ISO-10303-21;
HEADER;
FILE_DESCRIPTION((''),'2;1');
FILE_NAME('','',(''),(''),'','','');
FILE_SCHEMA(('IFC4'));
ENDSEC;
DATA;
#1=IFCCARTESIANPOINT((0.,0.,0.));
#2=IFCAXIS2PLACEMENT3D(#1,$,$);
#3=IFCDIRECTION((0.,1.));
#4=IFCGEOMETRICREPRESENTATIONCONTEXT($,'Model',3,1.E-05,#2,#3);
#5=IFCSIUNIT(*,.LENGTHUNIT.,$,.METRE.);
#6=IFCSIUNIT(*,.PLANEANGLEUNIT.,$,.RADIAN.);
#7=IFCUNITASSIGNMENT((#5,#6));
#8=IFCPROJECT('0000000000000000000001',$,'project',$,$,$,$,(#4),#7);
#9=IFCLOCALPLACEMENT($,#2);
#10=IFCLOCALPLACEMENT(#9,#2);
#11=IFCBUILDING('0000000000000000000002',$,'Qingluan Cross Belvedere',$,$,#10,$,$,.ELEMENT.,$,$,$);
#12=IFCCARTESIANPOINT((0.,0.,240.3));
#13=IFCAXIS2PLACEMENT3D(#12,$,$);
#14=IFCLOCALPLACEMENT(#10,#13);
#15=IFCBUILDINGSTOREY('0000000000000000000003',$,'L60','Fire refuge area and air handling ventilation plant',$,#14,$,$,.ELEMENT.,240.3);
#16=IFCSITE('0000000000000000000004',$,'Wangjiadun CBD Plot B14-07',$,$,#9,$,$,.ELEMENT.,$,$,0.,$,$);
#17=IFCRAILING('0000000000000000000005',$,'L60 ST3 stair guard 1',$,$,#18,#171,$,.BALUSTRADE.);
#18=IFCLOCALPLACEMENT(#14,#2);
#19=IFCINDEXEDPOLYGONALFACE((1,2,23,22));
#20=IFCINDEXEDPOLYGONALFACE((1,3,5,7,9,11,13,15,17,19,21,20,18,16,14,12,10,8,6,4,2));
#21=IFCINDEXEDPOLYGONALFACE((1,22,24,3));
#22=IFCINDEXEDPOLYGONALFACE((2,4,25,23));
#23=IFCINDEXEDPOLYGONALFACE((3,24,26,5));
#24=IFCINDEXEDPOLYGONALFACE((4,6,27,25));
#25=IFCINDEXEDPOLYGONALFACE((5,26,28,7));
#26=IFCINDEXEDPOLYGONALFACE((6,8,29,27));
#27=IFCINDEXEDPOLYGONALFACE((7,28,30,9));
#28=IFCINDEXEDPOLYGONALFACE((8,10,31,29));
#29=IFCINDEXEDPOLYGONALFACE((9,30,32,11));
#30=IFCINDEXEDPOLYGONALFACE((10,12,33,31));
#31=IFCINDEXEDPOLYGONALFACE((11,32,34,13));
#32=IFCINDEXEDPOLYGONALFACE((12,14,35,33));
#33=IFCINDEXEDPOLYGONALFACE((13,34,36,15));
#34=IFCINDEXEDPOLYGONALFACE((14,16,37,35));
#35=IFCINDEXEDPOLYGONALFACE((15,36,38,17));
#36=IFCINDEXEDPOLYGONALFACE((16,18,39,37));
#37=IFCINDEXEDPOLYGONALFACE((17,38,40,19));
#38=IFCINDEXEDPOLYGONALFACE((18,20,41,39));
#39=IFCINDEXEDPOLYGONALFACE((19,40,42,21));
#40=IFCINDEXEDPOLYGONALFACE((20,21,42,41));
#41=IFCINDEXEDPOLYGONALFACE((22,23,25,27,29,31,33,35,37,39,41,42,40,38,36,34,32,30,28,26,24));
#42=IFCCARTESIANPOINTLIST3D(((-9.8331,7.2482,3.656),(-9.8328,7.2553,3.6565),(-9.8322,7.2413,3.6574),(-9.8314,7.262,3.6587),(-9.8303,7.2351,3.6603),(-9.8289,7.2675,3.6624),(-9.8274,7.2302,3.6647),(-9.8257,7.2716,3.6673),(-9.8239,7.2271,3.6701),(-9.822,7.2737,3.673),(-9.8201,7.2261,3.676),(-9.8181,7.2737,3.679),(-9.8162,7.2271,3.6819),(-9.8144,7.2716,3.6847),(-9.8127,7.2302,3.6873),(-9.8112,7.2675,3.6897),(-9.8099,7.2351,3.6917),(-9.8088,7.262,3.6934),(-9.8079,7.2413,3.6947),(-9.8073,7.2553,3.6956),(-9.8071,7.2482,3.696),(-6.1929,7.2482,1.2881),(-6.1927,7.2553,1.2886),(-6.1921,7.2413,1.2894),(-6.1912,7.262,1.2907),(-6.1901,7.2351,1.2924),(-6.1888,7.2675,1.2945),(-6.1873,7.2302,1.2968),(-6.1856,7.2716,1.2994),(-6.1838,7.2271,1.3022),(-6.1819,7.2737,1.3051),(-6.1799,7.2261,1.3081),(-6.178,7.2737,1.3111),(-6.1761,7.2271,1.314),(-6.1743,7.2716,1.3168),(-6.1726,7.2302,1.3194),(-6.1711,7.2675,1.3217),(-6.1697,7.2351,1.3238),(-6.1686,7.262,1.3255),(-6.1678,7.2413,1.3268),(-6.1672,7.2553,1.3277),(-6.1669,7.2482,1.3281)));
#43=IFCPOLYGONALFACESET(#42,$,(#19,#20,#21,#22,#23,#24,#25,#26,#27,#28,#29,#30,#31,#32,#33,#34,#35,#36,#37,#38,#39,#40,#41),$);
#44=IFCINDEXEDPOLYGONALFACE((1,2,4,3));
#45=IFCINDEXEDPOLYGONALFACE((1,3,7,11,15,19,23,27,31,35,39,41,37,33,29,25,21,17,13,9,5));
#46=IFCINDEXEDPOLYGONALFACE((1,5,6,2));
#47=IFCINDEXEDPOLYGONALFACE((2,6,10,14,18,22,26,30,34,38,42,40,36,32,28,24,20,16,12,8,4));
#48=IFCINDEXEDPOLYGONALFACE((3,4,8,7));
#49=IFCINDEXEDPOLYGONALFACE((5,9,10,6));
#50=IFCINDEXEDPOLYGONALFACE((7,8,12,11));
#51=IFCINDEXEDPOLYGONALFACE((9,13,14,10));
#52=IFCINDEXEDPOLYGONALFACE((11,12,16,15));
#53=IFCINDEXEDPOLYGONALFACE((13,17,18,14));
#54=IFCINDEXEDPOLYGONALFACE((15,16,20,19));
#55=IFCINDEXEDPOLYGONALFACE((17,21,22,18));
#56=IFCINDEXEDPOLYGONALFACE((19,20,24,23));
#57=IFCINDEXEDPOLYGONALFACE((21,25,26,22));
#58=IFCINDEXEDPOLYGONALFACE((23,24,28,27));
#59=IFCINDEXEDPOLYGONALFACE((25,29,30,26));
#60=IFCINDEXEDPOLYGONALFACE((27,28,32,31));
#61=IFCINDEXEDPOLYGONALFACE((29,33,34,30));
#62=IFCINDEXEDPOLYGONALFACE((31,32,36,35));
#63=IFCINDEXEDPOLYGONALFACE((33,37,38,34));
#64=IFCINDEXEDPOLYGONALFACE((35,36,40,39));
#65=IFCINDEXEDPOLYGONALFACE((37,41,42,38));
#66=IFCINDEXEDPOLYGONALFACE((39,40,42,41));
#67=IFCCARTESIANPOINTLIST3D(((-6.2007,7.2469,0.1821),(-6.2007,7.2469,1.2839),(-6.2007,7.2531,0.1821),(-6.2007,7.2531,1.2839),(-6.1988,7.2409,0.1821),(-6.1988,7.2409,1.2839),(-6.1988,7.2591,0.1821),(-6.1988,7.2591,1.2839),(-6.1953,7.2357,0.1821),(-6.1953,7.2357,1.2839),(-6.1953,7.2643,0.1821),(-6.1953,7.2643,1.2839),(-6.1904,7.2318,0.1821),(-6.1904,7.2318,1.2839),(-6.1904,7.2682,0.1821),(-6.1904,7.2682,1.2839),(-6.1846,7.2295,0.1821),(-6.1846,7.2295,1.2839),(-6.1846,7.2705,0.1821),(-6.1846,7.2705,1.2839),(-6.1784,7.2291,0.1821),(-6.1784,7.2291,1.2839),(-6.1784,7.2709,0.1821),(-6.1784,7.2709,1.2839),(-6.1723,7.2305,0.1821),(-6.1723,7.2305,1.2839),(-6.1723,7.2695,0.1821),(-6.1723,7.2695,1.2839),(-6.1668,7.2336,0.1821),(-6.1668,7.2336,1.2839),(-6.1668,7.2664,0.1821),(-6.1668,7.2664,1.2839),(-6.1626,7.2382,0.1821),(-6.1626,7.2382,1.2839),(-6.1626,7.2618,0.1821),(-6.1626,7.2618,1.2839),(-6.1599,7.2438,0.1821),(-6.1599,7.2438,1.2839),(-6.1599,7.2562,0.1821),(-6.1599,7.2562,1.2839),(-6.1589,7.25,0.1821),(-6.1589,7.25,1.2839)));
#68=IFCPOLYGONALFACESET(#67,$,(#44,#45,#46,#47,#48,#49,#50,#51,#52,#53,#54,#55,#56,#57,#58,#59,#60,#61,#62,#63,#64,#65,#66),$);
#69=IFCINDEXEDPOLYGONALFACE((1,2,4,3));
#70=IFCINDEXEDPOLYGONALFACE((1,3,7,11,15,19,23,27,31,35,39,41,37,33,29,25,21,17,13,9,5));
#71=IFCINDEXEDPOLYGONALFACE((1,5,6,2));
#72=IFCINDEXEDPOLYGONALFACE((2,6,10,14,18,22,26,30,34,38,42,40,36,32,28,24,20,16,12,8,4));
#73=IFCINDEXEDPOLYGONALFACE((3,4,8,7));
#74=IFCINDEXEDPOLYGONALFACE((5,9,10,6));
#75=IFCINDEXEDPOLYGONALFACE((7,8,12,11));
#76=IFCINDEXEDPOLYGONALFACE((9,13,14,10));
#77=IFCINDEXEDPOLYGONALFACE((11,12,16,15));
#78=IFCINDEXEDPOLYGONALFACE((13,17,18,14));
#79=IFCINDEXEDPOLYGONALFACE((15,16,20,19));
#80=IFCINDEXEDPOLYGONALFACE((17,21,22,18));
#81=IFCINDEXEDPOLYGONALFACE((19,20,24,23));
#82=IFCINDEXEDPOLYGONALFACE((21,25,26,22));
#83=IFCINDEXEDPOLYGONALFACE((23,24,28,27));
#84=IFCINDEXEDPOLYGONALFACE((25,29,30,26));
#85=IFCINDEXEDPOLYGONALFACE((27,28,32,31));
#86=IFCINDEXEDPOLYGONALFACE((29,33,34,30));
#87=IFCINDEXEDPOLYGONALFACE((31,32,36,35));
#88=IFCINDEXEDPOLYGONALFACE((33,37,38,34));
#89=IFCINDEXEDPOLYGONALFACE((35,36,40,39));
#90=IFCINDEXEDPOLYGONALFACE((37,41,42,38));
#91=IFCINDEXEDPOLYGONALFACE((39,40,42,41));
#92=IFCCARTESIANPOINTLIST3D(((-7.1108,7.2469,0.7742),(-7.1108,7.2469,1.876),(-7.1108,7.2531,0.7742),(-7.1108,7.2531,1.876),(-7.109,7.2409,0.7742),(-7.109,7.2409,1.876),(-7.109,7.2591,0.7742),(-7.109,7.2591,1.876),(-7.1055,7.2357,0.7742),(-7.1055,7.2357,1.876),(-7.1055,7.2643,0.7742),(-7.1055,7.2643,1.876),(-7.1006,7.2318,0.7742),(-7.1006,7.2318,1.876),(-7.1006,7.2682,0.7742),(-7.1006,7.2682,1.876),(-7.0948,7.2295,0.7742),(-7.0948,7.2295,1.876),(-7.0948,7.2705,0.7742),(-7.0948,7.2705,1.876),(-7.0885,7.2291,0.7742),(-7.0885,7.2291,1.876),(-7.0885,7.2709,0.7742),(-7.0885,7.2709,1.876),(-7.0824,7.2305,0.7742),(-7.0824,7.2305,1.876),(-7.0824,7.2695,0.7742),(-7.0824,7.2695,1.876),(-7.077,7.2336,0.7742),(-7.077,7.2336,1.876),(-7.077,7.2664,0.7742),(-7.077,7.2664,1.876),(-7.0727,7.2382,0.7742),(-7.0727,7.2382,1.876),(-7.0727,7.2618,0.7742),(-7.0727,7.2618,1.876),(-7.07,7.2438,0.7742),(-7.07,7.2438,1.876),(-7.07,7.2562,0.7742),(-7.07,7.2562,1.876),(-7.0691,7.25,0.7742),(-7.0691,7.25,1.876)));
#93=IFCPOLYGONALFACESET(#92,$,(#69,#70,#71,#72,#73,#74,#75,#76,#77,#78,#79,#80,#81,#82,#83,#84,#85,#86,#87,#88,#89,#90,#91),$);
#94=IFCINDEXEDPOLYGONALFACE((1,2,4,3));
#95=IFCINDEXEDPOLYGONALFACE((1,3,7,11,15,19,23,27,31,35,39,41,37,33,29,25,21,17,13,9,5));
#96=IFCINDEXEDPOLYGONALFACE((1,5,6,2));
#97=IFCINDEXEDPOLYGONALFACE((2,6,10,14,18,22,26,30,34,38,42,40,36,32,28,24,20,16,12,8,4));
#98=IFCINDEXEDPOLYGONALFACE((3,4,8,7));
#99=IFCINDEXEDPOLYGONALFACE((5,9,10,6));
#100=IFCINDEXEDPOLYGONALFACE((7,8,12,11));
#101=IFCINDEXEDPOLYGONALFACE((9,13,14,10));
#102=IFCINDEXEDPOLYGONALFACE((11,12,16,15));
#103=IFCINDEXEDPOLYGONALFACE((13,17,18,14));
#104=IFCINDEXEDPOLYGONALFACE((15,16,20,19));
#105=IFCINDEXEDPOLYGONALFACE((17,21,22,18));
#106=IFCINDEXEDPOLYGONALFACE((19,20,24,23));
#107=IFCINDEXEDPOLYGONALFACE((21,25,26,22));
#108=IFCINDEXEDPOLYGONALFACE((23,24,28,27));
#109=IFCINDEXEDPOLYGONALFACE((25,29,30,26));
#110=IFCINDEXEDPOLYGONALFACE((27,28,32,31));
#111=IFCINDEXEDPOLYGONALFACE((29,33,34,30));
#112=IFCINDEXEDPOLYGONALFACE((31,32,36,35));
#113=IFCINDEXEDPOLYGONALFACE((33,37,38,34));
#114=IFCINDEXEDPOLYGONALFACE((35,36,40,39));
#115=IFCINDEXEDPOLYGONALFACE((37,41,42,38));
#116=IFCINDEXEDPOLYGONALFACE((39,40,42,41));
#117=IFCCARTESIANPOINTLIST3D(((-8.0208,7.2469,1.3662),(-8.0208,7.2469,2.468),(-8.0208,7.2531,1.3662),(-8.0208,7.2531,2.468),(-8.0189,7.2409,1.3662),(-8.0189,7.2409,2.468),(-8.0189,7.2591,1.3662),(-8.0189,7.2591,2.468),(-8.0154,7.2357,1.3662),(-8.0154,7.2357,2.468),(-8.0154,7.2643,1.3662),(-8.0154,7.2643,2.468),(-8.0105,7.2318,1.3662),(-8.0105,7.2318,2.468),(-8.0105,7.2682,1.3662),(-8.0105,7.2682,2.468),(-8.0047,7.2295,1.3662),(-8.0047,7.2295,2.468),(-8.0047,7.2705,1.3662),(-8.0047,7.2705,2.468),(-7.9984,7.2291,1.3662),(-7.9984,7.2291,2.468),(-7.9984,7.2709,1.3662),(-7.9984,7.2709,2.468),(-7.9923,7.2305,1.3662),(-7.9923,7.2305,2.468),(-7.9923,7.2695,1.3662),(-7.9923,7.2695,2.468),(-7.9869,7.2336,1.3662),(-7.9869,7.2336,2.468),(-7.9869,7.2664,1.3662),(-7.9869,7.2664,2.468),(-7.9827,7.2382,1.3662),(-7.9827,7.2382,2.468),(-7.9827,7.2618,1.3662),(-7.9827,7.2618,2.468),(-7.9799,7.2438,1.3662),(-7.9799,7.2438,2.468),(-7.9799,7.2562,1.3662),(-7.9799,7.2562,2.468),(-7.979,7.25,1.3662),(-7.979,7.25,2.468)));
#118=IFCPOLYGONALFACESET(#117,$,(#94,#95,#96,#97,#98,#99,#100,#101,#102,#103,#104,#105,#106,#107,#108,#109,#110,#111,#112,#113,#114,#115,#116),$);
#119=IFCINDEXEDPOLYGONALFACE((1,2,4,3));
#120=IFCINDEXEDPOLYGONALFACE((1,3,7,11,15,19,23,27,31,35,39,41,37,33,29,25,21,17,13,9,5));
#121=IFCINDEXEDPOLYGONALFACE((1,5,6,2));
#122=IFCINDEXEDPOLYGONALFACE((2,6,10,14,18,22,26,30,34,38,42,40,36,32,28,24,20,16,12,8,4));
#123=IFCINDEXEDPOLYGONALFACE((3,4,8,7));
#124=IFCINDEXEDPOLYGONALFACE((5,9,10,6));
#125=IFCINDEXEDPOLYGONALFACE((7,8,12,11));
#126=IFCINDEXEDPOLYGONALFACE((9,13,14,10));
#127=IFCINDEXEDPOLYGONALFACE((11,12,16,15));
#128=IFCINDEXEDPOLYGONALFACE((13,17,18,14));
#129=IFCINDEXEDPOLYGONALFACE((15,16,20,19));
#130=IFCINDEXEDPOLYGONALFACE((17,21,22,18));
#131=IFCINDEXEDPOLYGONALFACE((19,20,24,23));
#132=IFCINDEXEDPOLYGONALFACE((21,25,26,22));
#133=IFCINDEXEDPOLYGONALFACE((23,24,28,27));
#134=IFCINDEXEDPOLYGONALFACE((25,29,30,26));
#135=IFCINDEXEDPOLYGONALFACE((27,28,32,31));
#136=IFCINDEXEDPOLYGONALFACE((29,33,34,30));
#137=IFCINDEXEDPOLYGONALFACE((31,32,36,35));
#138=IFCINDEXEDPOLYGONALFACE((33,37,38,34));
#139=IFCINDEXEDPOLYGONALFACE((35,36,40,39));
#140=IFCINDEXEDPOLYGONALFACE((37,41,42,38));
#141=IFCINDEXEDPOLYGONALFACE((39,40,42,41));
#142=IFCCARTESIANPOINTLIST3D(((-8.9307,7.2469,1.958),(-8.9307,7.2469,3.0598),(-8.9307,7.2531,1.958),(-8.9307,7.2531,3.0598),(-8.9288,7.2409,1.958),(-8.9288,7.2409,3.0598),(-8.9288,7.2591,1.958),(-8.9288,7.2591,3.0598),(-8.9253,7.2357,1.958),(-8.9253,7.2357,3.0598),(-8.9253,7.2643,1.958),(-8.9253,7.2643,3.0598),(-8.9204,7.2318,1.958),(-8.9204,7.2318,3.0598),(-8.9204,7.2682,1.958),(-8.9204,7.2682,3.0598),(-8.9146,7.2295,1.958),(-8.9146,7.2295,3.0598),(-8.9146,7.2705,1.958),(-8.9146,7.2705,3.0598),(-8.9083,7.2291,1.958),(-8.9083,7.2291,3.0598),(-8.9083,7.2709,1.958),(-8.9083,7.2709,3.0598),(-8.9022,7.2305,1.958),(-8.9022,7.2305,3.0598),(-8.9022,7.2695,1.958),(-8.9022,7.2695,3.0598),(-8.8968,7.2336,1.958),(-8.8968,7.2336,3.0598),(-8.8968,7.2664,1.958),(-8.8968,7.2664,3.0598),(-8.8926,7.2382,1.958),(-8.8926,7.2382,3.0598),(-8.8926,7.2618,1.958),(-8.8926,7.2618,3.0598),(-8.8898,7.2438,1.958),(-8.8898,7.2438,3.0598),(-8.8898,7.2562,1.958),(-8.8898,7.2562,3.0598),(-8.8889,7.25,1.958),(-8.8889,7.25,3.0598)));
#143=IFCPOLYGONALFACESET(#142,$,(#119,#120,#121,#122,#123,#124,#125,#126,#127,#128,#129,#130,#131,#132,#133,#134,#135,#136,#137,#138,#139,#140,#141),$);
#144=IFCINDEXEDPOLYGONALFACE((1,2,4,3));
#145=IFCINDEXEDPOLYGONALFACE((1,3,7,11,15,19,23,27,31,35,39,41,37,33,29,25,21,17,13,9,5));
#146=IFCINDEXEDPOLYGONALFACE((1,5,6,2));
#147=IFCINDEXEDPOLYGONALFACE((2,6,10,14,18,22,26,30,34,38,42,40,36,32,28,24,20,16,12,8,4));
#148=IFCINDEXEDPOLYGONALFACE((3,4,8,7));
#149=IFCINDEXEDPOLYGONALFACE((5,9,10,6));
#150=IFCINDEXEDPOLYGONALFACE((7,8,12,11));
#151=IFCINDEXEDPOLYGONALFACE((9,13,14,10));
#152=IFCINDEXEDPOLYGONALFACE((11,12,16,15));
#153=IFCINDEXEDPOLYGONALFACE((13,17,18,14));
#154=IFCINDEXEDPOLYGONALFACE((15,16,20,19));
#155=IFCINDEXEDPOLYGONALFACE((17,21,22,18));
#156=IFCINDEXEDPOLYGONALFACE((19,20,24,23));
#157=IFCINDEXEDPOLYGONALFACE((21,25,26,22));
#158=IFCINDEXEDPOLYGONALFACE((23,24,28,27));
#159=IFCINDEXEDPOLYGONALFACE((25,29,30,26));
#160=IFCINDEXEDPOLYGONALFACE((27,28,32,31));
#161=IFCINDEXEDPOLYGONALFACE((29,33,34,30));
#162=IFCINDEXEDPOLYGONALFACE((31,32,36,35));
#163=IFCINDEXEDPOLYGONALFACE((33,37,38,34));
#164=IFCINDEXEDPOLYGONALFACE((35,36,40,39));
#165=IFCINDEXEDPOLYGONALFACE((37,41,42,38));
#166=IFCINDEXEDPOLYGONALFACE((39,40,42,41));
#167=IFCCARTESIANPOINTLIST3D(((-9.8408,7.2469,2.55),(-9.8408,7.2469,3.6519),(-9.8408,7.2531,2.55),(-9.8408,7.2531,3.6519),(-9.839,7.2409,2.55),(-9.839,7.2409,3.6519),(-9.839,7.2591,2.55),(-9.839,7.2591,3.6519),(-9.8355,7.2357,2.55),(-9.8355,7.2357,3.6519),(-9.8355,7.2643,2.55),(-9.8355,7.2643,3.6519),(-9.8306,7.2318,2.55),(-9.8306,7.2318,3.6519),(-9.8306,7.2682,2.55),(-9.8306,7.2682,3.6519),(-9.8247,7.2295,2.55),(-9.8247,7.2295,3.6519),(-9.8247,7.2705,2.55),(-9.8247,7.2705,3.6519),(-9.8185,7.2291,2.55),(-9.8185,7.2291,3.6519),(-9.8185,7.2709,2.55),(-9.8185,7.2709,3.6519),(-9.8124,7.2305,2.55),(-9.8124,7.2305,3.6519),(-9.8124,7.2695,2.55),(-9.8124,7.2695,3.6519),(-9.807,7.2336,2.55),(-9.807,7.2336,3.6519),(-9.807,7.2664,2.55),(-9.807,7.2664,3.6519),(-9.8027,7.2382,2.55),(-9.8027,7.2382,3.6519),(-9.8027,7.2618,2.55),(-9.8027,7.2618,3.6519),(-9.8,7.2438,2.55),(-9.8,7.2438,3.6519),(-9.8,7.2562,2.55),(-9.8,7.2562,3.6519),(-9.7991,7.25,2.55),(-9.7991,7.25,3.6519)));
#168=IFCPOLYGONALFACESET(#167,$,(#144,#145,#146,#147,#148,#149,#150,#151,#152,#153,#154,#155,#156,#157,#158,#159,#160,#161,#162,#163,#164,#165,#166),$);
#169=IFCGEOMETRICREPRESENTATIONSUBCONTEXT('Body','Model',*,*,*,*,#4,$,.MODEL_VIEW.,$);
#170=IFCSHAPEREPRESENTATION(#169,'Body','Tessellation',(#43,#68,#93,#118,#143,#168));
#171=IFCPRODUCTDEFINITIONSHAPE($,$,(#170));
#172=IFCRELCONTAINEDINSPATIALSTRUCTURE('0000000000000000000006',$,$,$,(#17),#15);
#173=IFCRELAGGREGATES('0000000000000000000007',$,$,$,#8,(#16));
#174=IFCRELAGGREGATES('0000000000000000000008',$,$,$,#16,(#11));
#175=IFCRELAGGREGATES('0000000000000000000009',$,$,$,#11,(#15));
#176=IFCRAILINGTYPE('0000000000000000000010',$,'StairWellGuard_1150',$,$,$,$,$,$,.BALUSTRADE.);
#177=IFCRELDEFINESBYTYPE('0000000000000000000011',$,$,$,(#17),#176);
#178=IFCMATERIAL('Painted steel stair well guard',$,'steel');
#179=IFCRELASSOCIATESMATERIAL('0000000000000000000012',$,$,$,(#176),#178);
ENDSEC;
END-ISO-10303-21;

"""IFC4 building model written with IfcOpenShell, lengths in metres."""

from ifc_helpers import new_model, si_unit, direction, frame, origin, origin_2d, place, context, subcontext, project, spatial, circle, extrude, material, type_object, element, save


model = new_model("IFC4")

# Units and contexts
model_context = context("Model", 3, precision=1e-05, world=origin(), true_north=direction((0.0, 1.0)))
body_context = subcontext(model_context, "Body", "Model", "MODEL_VIEW")
ifc_project = project(units=[si_unit("LENGTHUNIT", "METRE"), si_unit("PLANEANGLEUNIT", "RADIAN")], contexts=[model_context])

# Site, building, storey
site_placement = place(None, origin())
site = spatial("IfcSite", under=ifc_project, at=site_placement, Name="Wangjiadun CBD Plot B14-07", CompositionType="ELEMENT", RefElevation=0.0)
building_placement = place(site_placement, origin())
building = spatial("IfcBuilding", under=site, at=building_placement, Name="Qingluan Cross Belvedere", CompositionType="ELEMENT")
storey_placement = place(building_placement, frame((0.0, 0.0, 240.3)))
storey = spatial("IfcBuildingStorey", under=building, at=storey_placement, Name="L60", Description="Fire refuge area and air handling ventilation plant", CompositionType="ELEMENT", Elevation=240.3)

# Railing
ifc_material_1 = material(Name="Painted steel stair well guard", Category="steel")
railing_type_1 = type_object("IfcRailingType", Name="StairWellGuard_1150", PredefinedType="BALUSTRADE", material=ifc_material_1)
railing_1_placement = place(storey_placement, frame((-6.1799, 7.25, 0.1821)))
element("IfcRailing", 1, at=railing_1_placement, inside=storey, type_object=railing_type_1, Name="L60 ST3 stair guard 1", PredefinedType="BALUSTRADE", context=body_context, shape_type="SweptSolid", body=[
    extrude(circle(Radius=0.0239, at=origin_2d()), frame((0.0, 0.0, 1.126), z_axis=(-0.838251, 0.0, 0.545285), x_axis=(0.0, -1.0, 0.0)), (0.0, 0.0, 1.0), 4.3425),
    extrude(circle(Radius=0.021, at=origin_2d()), origin(), (0.0, 0.0, 1.0), 1.1018),
    extrude(circle(Radius=0.021, at=origin_2d()), frame((-0.9102, 0.0, 0.592)), (0.0, 0.0, 1.0), 1.1018),
    extrude(circle(Radius=0.021, at=origin_2d()), frame((-1.8201, 0.0, 1.1841)), (0.0, 0.0, 1.0), 1.1018),
    extrude(circle(Radius=0.021, at=origin_2d()), frame((-2.73, 0.0, 1.7759)), (0.0, 0.0, 1.0), 1.1018),
    extrude(circle(Radius=0.021, at=origin_2d()), frame((-3.6401, 0.0, 2.3679)), (0.0, 0.0, 1.0), 1.1018),
])

save(model, "model.ifc")
